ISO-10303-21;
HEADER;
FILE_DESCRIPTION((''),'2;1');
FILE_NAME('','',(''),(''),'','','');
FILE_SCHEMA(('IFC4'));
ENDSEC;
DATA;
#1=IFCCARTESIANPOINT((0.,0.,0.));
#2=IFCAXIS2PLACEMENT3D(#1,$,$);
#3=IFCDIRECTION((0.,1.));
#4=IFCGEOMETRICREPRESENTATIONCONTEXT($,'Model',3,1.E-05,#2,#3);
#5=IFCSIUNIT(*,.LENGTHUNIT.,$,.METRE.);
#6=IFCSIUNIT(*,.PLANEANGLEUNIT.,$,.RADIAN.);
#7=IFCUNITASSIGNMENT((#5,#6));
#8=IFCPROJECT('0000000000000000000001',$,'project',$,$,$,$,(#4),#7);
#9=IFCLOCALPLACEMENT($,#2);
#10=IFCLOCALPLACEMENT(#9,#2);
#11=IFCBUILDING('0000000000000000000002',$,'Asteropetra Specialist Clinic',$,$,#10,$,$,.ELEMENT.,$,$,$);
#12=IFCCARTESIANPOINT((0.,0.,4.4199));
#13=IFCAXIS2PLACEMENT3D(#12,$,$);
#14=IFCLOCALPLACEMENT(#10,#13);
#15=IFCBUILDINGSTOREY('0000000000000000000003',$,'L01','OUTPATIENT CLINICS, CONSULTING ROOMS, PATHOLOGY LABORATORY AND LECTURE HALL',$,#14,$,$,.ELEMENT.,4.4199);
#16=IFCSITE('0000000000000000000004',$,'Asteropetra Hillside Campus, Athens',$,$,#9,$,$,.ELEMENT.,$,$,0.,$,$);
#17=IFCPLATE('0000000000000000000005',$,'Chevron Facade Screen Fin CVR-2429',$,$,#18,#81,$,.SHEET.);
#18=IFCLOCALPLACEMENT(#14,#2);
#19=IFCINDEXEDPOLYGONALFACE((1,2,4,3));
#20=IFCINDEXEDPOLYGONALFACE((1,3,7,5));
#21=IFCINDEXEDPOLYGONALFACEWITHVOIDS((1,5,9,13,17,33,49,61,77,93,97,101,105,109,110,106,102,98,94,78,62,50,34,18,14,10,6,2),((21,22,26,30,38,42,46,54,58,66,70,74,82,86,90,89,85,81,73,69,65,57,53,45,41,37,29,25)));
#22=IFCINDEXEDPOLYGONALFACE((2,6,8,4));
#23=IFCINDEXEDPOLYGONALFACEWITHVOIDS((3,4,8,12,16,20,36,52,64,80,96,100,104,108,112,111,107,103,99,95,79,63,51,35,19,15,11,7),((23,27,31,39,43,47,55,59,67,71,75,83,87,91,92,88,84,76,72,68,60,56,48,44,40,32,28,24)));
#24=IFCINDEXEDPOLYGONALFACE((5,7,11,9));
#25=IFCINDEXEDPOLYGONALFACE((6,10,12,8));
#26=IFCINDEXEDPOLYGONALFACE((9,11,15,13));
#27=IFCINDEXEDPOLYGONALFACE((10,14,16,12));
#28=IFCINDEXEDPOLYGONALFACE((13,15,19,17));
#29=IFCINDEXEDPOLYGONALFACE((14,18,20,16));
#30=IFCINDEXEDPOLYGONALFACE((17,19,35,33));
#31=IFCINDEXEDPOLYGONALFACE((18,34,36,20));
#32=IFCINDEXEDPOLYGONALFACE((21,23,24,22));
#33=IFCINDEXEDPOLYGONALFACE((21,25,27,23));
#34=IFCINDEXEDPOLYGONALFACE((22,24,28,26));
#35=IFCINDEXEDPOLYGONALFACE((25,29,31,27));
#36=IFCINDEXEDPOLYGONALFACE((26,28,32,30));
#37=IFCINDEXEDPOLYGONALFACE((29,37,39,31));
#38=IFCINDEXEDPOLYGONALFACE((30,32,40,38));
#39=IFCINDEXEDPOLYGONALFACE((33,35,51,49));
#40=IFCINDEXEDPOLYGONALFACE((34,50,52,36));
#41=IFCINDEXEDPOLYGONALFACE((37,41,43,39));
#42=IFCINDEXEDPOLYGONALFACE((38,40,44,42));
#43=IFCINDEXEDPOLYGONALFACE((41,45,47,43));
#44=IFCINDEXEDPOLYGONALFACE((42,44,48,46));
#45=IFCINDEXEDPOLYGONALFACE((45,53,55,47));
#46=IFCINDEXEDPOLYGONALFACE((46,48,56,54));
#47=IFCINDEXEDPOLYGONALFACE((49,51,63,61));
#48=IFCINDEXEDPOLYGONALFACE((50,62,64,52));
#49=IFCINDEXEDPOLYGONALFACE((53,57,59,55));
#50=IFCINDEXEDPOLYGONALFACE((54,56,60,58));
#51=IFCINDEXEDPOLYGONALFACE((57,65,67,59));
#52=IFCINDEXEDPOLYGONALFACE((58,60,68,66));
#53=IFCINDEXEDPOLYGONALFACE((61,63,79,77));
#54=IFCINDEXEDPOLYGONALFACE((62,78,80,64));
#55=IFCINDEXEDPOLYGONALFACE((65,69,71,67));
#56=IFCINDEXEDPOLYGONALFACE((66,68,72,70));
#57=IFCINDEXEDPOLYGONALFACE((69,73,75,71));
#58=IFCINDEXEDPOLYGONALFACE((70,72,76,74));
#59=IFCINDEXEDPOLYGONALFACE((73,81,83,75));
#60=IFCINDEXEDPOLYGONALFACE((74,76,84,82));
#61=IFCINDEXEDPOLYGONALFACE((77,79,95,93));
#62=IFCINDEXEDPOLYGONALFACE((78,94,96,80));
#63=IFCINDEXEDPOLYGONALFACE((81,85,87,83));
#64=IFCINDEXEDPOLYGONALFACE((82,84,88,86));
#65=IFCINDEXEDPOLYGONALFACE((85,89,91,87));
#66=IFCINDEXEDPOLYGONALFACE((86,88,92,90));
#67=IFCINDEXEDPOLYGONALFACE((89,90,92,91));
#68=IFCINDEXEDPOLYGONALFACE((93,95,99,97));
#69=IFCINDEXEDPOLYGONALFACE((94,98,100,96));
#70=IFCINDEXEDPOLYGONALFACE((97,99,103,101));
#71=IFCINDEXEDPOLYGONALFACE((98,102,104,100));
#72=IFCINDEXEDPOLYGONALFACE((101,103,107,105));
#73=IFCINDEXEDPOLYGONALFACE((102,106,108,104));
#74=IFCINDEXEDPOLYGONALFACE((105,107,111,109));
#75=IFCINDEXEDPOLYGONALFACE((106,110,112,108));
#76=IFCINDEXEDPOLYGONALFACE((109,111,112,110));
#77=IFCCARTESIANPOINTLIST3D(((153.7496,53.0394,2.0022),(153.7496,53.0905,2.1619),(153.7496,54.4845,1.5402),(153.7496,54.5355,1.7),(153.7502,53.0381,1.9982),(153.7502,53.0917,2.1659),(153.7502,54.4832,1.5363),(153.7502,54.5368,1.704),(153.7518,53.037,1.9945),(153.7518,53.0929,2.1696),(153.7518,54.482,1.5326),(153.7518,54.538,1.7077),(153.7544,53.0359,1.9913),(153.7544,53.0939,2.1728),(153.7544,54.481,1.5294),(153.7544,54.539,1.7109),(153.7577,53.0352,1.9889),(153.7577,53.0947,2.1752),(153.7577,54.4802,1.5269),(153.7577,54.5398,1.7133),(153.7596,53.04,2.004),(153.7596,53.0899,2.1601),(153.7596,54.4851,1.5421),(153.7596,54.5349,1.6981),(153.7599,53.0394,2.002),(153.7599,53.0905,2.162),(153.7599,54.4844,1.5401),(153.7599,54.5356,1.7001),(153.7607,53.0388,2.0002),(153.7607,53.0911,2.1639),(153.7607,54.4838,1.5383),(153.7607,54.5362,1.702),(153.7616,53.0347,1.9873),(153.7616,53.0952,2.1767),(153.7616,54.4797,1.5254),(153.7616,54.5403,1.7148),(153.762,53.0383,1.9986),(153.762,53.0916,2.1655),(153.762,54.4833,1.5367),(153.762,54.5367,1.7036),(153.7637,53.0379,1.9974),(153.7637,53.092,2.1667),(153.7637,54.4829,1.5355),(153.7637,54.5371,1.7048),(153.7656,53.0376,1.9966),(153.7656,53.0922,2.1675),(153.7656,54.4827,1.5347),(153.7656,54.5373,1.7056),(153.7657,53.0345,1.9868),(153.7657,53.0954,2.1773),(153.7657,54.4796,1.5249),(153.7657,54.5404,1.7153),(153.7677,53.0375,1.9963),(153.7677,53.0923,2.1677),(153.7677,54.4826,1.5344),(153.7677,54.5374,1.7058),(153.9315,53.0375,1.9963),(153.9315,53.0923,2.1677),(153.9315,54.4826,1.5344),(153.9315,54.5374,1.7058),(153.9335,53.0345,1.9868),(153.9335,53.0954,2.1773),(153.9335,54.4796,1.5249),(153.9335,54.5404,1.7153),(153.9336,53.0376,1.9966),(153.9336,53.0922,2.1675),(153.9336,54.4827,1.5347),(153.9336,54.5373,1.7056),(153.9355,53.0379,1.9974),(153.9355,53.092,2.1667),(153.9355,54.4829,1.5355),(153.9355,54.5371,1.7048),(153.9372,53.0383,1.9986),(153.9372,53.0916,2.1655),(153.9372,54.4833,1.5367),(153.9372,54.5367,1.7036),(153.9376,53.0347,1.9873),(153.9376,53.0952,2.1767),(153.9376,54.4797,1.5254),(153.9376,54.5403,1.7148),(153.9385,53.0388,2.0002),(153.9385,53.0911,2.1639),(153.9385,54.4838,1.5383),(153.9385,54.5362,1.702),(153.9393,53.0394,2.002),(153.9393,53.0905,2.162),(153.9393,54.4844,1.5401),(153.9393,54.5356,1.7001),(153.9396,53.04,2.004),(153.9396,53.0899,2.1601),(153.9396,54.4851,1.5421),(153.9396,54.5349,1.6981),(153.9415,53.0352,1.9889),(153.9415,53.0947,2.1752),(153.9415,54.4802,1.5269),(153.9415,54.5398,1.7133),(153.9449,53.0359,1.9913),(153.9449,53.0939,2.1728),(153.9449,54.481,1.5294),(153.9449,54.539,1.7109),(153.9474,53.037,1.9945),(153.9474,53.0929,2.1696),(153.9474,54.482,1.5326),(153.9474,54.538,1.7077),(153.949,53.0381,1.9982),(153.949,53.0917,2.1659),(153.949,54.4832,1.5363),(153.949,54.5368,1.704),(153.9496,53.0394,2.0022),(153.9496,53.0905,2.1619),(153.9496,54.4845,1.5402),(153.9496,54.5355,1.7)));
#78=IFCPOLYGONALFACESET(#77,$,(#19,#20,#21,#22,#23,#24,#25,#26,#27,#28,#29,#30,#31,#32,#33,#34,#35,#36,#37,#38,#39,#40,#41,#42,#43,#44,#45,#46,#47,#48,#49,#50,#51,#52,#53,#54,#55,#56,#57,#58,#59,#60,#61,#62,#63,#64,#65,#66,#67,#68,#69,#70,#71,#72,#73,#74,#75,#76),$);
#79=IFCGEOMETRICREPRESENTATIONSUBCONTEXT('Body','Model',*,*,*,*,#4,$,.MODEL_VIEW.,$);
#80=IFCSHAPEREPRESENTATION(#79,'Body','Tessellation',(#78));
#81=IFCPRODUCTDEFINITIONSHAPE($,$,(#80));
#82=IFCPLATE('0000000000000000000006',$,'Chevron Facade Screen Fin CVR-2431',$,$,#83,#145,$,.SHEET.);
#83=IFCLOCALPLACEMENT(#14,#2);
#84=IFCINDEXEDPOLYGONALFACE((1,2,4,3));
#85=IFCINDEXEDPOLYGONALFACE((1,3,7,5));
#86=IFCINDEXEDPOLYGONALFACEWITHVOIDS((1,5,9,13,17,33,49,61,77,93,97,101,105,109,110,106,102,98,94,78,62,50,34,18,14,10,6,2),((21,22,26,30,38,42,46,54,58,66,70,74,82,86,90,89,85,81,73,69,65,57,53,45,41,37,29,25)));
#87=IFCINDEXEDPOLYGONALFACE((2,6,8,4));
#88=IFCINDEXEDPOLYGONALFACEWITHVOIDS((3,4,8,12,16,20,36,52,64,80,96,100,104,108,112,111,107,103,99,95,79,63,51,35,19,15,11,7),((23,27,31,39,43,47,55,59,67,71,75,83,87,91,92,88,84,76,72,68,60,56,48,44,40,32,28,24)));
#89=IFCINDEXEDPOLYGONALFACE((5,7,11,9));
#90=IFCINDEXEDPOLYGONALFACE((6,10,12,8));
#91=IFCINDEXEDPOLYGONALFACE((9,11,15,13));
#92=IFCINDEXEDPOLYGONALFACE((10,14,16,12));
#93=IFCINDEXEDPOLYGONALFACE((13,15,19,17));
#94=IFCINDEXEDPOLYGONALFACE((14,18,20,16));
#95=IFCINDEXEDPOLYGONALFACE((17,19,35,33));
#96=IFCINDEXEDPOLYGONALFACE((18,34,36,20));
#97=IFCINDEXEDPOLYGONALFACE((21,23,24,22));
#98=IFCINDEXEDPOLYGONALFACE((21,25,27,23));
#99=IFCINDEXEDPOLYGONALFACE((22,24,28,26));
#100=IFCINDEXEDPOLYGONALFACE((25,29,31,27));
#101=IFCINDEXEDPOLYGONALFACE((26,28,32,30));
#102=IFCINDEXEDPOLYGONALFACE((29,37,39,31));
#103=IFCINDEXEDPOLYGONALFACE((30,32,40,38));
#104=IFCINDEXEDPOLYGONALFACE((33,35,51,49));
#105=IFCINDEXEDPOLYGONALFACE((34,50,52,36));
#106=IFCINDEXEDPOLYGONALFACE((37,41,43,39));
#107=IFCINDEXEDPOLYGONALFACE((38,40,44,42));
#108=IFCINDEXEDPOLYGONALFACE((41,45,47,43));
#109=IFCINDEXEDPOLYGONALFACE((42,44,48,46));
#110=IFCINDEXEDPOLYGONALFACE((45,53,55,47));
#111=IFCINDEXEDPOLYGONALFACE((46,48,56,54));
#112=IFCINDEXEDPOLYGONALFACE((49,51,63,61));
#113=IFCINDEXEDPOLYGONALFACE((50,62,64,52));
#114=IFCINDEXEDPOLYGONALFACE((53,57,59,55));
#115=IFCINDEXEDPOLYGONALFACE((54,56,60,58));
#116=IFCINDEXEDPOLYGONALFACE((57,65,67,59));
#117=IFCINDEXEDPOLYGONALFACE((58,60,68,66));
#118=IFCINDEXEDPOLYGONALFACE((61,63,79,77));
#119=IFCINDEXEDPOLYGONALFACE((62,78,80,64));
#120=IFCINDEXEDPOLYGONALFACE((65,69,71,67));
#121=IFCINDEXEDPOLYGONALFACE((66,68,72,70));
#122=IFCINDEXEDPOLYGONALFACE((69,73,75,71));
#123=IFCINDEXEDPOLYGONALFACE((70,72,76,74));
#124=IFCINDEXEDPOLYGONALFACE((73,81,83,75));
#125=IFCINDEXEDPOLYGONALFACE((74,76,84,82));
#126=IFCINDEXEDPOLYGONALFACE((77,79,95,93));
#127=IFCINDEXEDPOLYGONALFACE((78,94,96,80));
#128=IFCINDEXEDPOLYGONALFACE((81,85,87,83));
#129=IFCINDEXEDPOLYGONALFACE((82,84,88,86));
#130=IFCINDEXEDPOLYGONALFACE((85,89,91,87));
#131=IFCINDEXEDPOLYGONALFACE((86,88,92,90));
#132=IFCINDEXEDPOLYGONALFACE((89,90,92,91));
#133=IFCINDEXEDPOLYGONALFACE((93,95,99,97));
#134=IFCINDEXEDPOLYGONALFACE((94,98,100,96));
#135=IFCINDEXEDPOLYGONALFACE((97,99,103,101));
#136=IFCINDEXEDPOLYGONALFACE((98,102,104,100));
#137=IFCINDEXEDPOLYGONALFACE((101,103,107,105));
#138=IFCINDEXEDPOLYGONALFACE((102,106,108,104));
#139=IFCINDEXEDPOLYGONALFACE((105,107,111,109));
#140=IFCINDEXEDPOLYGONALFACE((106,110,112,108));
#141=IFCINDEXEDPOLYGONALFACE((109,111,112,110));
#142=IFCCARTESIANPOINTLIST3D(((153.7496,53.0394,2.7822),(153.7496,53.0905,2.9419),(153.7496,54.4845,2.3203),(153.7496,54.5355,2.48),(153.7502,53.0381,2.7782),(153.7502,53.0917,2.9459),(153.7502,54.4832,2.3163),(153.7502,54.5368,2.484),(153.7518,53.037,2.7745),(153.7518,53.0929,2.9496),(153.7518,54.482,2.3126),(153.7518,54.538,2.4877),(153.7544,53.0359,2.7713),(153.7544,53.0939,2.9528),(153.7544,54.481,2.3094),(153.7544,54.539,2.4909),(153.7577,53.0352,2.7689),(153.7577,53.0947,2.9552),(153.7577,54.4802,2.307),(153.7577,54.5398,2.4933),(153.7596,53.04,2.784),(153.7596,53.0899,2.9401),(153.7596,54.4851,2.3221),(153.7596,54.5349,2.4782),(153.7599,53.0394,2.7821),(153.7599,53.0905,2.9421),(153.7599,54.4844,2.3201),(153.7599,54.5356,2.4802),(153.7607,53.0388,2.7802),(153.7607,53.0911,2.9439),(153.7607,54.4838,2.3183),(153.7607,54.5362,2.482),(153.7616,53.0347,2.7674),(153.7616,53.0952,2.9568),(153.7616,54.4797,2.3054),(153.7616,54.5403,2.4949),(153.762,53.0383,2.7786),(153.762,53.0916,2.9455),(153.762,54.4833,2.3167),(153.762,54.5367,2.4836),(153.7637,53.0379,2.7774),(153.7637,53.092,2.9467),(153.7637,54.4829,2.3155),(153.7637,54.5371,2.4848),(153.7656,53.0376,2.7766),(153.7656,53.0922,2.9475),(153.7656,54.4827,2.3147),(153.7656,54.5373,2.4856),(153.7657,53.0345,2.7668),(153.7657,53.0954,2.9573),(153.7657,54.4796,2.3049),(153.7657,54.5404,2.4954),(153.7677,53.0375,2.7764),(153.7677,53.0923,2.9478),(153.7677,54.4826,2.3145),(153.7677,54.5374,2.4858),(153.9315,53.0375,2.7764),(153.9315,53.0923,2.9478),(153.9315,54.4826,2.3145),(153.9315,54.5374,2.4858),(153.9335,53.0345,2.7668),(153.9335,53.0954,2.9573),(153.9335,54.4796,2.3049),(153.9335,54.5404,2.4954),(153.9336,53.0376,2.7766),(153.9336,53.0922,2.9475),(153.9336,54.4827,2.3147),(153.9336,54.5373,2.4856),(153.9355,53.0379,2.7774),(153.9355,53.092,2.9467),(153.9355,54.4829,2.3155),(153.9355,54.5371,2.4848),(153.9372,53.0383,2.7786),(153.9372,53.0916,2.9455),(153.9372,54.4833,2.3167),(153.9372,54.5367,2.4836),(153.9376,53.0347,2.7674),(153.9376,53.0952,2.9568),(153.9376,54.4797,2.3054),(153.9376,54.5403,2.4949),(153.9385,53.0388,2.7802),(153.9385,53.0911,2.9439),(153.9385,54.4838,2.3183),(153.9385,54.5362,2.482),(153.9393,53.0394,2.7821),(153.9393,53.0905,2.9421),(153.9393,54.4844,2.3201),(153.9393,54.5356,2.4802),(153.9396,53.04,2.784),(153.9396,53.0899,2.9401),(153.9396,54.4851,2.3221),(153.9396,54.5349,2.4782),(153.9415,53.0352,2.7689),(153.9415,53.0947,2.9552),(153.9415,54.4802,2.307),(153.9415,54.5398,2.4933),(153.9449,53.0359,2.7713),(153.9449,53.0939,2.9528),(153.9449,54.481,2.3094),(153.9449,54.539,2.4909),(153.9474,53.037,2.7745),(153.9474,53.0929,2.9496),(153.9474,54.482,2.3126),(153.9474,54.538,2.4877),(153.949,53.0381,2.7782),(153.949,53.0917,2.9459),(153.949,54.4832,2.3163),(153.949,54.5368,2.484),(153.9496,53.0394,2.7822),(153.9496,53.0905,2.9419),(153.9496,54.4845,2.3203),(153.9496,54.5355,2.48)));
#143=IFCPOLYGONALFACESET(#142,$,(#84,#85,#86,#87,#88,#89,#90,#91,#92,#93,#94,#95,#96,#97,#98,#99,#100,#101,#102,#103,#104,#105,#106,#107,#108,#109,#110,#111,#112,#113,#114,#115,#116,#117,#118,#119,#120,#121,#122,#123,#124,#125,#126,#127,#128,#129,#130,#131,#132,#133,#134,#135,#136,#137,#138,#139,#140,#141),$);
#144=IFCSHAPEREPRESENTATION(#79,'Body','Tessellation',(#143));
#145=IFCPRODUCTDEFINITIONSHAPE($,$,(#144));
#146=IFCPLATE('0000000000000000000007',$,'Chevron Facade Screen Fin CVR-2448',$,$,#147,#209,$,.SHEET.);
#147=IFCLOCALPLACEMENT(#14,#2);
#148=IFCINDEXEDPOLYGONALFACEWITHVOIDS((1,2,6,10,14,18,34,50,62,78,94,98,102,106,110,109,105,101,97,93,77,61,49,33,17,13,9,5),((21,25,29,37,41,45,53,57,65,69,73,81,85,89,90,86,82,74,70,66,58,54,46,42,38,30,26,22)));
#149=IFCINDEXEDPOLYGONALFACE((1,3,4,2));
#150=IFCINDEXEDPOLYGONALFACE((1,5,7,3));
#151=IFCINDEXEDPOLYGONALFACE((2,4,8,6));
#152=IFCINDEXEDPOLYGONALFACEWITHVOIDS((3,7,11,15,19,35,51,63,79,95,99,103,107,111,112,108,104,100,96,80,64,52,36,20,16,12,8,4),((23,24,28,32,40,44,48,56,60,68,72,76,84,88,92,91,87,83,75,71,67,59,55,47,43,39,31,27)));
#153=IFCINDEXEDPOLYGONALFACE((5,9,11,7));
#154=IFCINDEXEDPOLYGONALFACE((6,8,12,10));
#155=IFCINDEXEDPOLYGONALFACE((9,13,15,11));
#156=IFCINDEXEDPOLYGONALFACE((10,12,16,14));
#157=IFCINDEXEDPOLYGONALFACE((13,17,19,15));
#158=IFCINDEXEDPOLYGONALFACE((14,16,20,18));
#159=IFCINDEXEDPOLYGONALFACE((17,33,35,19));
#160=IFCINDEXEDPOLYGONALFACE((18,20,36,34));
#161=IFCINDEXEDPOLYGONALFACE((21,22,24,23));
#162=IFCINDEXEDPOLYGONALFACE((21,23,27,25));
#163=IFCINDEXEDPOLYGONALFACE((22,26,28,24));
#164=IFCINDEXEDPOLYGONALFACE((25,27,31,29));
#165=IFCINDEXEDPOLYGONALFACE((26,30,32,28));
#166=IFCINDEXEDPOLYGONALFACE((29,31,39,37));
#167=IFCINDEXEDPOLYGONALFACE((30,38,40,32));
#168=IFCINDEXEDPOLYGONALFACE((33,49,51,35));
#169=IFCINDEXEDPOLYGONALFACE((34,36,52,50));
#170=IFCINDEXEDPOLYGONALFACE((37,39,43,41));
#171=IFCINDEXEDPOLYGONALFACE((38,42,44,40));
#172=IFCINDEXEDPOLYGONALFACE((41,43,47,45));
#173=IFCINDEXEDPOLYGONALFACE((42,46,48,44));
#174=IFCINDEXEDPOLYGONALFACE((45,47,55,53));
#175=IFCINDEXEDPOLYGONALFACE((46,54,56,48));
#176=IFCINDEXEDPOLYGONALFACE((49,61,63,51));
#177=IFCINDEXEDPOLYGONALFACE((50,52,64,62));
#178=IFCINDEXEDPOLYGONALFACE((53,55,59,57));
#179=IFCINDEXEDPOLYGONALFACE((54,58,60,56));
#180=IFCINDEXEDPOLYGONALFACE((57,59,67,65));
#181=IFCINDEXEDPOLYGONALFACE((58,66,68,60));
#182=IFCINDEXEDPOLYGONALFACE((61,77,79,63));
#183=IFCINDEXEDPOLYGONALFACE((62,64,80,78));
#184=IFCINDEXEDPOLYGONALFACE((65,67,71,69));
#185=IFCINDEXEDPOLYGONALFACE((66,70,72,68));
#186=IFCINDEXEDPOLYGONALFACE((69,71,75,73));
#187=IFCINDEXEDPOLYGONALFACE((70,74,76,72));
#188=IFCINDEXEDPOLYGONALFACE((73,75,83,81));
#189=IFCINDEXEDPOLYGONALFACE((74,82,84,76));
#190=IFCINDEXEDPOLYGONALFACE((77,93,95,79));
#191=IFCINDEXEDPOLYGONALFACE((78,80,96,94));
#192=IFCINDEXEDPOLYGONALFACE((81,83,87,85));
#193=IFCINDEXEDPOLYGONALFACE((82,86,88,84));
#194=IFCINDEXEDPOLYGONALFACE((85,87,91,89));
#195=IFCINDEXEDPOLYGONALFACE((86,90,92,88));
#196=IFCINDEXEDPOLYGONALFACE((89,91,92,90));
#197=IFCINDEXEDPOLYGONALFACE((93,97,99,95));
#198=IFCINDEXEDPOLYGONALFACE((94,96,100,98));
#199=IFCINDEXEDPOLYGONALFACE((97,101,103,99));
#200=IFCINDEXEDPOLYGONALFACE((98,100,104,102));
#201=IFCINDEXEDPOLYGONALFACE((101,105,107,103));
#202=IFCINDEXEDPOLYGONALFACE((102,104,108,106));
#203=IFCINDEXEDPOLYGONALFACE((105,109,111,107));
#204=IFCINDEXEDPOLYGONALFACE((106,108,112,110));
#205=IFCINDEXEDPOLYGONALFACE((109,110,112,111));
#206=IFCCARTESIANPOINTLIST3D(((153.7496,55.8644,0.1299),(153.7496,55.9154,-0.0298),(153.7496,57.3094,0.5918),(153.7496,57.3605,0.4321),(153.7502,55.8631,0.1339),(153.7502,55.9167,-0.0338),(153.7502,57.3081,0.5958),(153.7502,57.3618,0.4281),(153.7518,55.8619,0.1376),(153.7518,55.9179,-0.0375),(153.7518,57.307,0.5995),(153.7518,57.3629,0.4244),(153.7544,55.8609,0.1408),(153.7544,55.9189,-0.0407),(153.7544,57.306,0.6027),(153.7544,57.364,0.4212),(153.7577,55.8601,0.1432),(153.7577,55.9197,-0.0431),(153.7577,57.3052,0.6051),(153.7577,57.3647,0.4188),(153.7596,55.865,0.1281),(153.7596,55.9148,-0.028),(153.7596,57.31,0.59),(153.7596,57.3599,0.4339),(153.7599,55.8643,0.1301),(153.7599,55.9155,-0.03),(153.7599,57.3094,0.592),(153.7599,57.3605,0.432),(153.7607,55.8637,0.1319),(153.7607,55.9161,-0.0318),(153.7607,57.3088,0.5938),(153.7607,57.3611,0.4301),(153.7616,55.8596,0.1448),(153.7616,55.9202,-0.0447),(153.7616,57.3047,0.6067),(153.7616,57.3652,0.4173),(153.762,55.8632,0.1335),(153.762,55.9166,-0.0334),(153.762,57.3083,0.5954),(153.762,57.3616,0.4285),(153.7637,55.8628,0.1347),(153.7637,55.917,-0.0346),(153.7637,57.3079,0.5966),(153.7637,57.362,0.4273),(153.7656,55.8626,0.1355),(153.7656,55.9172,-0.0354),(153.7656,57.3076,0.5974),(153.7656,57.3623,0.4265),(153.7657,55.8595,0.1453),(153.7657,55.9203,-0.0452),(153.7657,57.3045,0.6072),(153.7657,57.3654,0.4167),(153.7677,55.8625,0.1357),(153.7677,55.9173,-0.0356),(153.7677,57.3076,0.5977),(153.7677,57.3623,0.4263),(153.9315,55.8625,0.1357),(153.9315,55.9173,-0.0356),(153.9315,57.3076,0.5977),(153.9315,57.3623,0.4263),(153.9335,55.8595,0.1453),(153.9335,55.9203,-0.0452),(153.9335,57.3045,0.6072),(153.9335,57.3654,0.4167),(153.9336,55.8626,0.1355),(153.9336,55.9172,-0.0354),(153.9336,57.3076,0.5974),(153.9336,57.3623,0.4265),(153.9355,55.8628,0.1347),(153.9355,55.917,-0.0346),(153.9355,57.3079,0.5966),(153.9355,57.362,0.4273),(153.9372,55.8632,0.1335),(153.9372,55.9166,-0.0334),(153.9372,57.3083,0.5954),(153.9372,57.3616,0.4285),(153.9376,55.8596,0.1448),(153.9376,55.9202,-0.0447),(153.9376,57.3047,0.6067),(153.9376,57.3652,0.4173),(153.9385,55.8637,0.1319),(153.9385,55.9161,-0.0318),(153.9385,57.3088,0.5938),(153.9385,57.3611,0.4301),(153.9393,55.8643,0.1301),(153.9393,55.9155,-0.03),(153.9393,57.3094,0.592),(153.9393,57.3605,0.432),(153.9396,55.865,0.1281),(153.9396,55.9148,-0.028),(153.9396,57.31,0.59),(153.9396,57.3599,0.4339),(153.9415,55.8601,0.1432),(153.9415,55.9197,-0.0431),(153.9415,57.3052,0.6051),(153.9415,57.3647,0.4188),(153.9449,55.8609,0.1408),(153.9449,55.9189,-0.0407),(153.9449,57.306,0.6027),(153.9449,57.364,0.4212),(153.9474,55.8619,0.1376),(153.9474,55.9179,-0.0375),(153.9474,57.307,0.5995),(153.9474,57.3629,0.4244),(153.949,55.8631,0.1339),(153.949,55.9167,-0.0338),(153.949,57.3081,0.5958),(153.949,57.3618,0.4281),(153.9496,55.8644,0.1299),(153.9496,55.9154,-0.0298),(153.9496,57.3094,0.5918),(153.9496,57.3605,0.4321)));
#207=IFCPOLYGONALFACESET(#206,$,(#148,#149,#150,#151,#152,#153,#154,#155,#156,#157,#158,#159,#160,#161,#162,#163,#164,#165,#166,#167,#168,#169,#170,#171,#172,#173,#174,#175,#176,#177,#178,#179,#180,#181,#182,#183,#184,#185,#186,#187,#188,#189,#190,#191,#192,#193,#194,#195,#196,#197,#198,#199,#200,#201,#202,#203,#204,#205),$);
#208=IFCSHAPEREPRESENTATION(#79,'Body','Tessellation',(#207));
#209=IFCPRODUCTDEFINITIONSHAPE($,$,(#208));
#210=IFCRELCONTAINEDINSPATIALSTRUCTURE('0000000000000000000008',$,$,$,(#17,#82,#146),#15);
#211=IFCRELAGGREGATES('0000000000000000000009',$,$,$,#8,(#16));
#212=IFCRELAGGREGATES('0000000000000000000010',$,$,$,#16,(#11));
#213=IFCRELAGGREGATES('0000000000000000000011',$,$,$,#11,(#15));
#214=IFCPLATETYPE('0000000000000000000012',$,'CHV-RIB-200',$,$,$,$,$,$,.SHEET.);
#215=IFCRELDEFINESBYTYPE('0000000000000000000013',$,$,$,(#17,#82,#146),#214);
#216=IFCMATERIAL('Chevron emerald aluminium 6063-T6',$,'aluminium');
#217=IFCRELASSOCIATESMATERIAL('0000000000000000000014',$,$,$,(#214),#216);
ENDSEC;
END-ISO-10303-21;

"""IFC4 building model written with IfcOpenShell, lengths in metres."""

from ifc_helpers import new_model, si_unit, direction, frame, origin, origin_2d, place, context, subcontext, project, spatial, hollow_rectangle, extrude, material, material_profile, profile_set, type_object, element, save


model = new_model("IFC4")

# Units and contexts
model_context = context("Model", 3, precision=1e-05, world=origin(), true_north=direction((0.0, 1.0)))
body_context = subcontext(model_context, "Body", "Model", "MODEL_VIEW")
ifc_project = project(units=[si_unit("LENGTHUNIT", "METRE"), si_unit("PLANEANGLEUNIT", "RADIAN")], contexts=[model_context])

# Site, building, storey
site_placement = place(None, origin())
site = spatial("IfcSite", under=ifc_project, at=site_placement, Name="Asteropetra Hillside Campus, Athens", CompositionType="ELEMENT", RefElevation=0.0)
building_placement = place(site_placement, origin())
building = spatial("IfcBuilding", under=site, at=building_placement, Name="Asteropetra Specialist Clinic", CompositionType="ELEMENT")
storey_placement = place(building_placement, frame((0.0, 0.0, 4.4199)))
storey = spatial("IfcBuildingStorey", under=building, at=storey_placement, Name="L01", Description="OUTPATIENT CLINICS, CONSULTING ROOMS, PATHOLOGY LABORATORY AND LECTURE HALL", CompositionType="ELEMENT", Elevation=4.4199)

# Plates
ifc_material_1 = material(Name="Chevron emerald aluminium 6063-T6", Category="aluminium")
ifc_material_profile = material_profile(ifc_material_1, hollow_rectangle(XDim=0.2, YDim=0.2, WallThickness=0.01, InnerFilletRadius=0.0081, OuterFilletRadius=0.0161, at=origin_2d()), Name="SHS 200x200x10.0")
ifc_profile_set = profile_set([ifc_material_profile], Name="Chevron emerald aluminium 6063-T6")
plate_type = type_object("IfcPlateType", Name="CHV-RIB-200", PredefinedType="SHEET", material=ifc_profile_set)
for number, where, z_axis, x_axis, name in (
    (1, (153.8496, 53.0649, 2.082), (0.0, 0.952521, -0.304472), (-1.0, 0.0, 0.0), "Chevron Facade Screen Fin CVR-2429"),
    (2, (153.8496, 53.0649, 2.8621), (0.0, 0.952521, -0.304472), (-1.0, 0.0, 0.0), "Chevron Facade Screen Fin CVR-2431"),
    (3, (153.8496, 55.8899, 0.05), (0.0, 0.952521, 0.304472), (-1.0, 0.0, 0.0), "Chevron Facade Screen Fin CVR-2448"),
):
    element("IfcPlate", number, at=place(storey_placement, frame(where, z_axis=z_axis, x_axis=x_axis)), inside=storey, type_object=plate_type, Name=name, PredefinedType="SHEET", context=body_context, shape_type="SweptSolid", body=[
        extrude(hollow_rectangle(XDim=0.2, YDim=0.2, WallThickness=0.01, InnerFilletRadius=0.0081, OuterFilletRadius=0.0161, at=origin_2d()), origin(), (0.0, 0.0, 1.0), 1.5171),
    ])

save(model, "model.ifc")
